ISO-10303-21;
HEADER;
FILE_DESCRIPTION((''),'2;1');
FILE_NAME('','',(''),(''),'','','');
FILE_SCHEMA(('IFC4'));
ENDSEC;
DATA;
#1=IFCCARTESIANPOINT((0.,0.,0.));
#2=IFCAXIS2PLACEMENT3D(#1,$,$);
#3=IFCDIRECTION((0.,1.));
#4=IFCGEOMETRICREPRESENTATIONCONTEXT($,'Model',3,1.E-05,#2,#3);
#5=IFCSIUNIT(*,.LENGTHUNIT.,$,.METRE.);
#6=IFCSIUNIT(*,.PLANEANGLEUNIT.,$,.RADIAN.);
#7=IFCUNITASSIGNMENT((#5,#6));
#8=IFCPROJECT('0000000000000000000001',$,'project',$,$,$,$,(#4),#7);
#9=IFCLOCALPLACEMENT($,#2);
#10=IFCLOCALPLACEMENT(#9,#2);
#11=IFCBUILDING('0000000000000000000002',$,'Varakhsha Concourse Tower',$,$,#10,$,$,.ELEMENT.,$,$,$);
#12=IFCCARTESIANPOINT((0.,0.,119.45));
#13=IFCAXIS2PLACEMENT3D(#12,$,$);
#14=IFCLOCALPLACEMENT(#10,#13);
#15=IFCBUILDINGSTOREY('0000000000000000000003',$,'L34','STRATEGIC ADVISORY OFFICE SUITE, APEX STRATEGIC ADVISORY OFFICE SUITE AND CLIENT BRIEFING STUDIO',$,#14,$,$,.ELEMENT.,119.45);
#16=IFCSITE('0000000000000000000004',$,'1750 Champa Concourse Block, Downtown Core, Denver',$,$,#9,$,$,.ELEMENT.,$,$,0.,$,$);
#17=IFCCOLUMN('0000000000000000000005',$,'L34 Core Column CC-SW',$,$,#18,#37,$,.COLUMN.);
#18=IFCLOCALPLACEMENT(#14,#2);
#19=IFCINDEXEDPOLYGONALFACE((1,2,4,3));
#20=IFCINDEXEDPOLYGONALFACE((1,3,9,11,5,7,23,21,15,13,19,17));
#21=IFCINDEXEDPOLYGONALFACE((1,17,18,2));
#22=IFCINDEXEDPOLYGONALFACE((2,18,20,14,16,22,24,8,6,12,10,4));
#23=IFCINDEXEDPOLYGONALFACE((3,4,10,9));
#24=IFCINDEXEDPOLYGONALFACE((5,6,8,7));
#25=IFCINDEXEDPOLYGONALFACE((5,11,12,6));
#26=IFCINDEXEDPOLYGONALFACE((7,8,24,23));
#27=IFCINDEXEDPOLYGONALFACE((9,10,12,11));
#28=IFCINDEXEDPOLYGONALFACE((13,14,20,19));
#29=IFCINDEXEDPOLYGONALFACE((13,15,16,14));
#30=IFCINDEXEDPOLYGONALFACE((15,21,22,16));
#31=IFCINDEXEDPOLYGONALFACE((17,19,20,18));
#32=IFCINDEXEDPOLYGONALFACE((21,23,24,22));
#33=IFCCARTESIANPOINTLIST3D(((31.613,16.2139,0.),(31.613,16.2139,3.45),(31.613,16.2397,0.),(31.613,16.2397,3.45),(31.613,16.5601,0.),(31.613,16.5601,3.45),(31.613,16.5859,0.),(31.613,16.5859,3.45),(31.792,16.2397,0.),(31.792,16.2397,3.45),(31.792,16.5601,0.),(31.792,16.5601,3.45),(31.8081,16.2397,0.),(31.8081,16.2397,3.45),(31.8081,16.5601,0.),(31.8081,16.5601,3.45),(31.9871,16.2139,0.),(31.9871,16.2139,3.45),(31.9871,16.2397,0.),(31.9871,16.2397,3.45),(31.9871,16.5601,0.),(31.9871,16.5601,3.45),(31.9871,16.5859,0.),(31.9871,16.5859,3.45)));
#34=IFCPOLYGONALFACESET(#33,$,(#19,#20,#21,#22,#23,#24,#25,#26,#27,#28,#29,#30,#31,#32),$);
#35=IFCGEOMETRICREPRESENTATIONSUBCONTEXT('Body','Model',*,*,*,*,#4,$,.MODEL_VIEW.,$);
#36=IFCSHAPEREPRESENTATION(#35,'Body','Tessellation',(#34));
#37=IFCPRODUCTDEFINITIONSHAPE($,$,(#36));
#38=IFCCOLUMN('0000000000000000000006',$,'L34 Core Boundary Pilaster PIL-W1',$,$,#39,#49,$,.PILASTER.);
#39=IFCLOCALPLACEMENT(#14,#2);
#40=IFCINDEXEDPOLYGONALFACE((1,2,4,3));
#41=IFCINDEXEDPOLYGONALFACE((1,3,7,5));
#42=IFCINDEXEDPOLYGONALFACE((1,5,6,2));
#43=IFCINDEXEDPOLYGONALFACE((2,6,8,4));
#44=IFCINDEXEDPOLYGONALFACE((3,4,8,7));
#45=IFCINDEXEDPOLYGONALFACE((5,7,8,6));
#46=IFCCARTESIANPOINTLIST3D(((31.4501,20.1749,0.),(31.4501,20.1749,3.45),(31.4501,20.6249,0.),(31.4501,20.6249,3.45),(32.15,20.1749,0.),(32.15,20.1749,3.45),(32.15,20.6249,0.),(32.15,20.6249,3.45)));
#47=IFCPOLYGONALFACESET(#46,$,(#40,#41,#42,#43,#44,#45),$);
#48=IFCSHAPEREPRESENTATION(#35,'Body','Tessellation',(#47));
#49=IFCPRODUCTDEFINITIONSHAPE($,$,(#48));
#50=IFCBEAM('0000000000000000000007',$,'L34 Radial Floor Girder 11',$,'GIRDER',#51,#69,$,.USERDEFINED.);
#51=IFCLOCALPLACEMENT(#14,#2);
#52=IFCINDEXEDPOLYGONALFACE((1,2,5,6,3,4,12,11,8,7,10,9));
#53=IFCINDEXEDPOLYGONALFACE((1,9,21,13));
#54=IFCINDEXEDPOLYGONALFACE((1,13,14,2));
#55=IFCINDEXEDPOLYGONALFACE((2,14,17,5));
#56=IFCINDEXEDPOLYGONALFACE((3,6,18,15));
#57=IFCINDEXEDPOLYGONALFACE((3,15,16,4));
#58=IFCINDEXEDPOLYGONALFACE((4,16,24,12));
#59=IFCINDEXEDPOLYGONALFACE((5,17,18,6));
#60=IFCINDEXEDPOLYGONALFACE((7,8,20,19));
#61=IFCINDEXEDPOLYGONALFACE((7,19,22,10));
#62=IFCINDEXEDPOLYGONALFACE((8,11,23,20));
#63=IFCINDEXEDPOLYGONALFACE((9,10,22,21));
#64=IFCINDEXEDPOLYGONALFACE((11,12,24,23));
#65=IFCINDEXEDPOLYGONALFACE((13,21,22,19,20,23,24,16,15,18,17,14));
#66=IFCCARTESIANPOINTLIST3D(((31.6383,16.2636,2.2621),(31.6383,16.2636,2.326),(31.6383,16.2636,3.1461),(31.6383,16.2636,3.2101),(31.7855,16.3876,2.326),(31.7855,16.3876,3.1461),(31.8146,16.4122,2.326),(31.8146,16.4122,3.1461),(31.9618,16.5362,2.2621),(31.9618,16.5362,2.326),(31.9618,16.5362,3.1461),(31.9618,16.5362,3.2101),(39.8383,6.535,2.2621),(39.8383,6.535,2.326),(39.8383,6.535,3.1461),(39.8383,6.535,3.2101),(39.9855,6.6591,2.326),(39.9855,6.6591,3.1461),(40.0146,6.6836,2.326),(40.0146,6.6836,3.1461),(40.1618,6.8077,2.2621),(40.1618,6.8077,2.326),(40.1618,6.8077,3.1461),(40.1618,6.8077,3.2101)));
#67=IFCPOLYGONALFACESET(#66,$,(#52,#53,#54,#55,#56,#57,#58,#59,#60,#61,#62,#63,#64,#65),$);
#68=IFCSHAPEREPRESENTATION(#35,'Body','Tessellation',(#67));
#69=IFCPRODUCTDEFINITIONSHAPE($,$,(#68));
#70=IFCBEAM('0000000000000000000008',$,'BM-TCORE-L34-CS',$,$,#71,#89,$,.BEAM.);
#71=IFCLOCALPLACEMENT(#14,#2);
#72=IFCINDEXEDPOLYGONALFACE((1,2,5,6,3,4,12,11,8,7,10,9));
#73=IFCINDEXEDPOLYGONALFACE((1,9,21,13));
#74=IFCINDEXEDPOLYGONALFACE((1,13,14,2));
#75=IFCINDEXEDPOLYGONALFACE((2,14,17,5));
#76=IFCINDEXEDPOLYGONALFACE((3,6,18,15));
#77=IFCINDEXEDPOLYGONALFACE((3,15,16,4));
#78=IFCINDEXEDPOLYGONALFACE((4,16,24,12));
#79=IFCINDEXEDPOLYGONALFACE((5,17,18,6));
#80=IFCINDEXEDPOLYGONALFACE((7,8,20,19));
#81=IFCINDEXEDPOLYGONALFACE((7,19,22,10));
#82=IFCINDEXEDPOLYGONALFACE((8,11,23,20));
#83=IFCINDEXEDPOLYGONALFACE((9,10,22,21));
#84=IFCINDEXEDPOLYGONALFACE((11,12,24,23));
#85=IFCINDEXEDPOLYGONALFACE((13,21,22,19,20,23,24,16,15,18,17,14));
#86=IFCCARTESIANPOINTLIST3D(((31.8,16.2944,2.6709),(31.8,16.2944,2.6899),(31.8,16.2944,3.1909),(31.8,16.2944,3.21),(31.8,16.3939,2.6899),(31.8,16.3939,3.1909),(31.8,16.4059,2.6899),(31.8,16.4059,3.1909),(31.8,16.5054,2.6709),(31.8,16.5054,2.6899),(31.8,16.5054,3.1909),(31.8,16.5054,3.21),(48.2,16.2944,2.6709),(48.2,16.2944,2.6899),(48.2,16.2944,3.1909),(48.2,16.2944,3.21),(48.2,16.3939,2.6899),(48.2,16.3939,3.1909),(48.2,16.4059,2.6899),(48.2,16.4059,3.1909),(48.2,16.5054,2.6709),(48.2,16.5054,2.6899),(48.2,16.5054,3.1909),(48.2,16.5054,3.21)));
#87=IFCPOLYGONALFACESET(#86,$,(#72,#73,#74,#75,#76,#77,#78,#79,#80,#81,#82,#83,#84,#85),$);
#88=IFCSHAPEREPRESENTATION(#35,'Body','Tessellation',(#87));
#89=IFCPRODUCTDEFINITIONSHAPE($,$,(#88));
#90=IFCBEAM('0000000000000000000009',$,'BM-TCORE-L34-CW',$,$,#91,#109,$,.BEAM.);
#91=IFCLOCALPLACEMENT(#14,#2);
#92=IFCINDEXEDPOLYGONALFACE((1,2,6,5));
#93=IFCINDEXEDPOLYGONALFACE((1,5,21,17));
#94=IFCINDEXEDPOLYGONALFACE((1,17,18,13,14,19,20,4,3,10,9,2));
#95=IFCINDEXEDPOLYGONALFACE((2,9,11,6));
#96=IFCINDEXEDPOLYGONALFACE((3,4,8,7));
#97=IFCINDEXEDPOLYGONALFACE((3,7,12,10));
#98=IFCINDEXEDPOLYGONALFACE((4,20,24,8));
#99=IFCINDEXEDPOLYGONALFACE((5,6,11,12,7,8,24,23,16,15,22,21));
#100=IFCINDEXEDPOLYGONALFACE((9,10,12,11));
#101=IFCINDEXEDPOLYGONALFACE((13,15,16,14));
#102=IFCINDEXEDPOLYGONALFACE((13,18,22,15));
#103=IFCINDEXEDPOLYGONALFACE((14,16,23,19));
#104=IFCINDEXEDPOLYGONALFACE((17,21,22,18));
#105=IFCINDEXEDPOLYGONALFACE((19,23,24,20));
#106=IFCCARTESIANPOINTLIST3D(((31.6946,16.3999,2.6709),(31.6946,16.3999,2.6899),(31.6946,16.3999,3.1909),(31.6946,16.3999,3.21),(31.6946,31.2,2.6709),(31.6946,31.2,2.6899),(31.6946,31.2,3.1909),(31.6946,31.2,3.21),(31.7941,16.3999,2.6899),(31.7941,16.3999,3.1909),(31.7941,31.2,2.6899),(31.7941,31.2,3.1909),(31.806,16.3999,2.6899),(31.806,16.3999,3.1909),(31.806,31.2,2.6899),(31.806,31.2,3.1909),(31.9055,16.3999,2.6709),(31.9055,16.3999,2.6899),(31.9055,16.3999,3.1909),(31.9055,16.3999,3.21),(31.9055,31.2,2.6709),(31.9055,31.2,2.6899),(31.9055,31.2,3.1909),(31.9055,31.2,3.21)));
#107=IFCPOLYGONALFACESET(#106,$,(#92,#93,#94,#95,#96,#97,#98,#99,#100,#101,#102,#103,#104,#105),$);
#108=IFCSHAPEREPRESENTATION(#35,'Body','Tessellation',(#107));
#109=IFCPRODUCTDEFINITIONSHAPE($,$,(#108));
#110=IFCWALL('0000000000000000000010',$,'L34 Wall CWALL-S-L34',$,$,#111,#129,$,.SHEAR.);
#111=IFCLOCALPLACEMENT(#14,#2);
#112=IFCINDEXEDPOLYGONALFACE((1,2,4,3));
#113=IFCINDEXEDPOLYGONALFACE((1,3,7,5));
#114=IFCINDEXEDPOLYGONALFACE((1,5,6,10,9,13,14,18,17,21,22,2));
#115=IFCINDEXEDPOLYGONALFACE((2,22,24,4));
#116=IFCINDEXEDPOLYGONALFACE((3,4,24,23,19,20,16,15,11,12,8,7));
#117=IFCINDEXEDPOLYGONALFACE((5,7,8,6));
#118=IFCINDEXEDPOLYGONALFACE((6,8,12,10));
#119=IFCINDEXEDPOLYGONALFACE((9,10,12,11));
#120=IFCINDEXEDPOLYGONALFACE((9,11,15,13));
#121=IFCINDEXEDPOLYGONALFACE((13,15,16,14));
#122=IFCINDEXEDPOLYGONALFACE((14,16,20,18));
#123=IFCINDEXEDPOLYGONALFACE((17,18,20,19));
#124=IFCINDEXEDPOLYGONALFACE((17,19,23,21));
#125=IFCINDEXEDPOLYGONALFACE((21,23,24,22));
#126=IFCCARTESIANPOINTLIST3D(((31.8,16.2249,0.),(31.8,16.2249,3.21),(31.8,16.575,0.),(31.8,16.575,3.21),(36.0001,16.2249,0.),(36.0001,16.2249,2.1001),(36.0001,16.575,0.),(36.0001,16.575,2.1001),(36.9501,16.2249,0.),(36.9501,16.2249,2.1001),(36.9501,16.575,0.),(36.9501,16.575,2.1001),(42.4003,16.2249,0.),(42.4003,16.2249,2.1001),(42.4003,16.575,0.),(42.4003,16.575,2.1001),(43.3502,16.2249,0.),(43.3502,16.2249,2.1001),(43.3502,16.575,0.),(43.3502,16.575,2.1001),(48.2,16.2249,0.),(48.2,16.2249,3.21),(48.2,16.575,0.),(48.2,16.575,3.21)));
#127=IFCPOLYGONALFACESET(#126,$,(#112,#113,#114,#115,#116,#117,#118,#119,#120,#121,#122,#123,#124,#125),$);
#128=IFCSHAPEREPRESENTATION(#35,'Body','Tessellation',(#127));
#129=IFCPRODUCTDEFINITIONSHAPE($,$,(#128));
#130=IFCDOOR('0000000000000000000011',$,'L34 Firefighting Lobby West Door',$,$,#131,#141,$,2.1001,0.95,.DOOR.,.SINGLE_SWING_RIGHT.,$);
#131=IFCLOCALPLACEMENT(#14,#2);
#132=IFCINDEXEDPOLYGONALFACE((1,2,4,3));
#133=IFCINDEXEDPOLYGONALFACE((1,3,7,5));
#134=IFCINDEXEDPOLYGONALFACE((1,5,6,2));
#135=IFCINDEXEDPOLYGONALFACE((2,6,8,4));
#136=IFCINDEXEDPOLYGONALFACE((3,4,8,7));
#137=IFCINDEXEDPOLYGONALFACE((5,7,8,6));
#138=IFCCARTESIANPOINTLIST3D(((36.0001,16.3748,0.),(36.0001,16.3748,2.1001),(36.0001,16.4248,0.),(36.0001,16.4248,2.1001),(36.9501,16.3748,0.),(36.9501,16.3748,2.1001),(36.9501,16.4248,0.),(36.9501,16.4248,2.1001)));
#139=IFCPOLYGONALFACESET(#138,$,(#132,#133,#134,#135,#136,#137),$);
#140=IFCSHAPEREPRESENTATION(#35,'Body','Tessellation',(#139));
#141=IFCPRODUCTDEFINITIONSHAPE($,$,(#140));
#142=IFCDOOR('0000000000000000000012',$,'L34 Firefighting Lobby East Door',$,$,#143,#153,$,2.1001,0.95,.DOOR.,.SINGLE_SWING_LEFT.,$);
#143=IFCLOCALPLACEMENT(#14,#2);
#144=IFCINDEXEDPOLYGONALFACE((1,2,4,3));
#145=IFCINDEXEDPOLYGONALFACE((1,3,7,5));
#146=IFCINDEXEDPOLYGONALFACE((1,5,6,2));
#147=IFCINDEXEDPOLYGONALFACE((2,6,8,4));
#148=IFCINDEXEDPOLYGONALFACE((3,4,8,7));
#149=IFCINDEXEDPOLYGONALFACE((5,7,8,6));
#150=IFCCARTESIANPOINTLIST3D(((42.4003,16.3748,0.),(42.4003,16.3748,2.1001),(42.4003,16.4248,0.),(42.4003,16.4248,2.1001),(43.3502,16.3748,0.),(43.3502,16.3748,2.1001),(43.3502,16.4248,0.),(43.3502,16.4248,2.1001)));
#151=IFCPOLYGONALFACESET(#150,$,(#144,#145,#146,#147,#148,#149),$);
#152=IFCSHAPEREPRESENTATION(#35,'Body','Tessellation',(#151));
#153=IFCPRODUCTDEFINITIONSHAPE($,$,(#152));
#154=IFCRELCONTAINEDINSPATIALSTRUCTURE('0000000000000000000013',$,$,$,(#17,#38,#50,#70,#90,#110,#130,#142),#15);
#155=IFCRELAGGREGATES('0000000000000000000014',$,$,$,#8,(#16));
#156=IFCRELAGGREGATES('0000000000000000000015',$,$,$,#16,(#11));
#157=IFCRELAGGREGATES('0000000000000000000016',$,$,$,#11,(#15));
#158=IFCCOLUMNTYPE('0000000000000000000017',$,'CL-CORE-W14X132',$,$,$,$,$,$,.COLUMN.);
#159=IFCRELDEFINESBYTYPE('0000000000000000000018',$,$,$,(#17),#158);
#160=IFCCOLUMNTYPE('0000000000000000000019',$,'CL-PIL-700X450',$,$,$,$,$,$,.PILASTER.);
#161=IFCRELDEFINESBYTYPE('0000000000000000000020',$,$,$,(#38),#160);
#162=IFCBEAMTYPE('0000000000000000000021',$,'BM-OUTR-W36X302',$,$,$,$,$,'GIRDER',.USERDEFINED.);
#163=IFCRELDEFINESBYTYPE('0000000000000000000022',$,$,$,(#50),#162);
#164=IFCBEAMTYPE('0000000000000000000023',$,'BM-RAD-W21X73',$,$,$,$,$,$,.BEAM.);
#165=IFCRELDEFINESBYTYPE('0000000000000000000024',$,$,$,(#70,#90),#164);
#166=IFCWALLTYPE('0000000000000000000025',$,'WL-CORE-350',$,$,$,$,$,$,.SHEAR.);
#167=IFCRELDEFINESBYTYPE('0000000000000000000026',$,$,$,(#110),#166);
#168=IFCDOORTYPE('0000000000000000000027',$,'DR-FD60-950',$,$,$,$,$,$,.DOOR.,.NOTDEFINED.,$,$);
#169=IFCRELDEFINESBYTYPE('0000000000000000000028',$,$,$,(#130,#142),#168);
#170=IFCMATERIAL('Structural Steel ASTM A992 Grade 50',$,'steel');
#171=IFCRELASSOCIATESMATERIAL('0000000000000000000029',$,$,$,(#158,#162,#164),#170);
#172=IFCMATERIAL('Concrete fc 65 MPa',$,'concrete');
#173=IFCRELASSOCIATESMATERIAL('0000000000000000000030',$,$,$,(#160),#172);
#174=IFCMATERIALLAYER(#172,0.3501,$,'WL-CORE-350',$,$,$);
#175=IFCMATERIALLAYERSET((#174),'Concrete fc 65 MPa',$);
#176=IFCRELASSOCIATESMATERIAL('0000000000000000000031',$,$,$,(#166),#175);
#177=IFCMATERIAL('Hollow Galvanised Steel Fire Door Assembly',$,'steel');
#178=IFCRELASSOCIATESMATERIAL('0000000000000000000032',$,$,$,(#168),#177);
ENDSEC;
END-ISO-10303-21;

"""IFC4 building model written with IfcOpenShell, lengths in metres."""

from ifc_helpers import new_model, si_unit, direction, frame, frame_2d, origin, origin_2d, place, context, subcontext, project, spatial, rectangle, i_section, extrude, material, layer, layer_set, material_profile, profile_set, type_object, element, fill, save


model = new_model("IFC4")

# Units and contexts
model_context = context("Model", 3, precision=1e-05, world=origin(), true_north=direction((0.0, 1.0)))
body_context = subcontext(model_context, "Body", "Model", "MODEL_VIEW")
ifc_project = project(units=[si_unit("LENGTHUNIT", "METRE"), si_unit("PLANEANGLEUNIT", "RADIAN")], contexts=[model_context])

# Site, building, storey
site_placement = place(None, origin())
site = spatial("IfcSite", under=ifc_project, at=site_placement, Name="1750 Champa Concourse Block, Downtown Core, Denver", CompositionType="ELEMENT", RefElevation=0.0)
building_placement = place(site_placement, origin())
building = spatial("IfcBuilding", under=site, at=building_placement, Name="Varakhsha Concourse Tower", CompositionType="ELEMENT")
storey_placement = place(building_placement, frame((0.0, 0.0, 119.45)))
storey = spatial("IfcBuildingStorey", under=building, at=storey_placement, Name="L34", Description="STRATEGIC ADVISORY OFFICE SUITE, APEX STRATEGIC ADVISORY OFFICE SUITE AND CLIENT BRIEFING STUDIO", CompositionType="ELEMENT", Elevation=119.45)

# Columns
ifc_material_1 = material(Name="Structural Steel ASTM A992 Grade 50", Category="steel")
ifc_material_profile_1 = material_profile(ifc_material_1, i_section(OverallWidth=0.374, OverallDepth=0.3721, WebThickness=0.0161, FlangeThickness=0.0259, at=origin_2d()), Name="W14X132")
ifc_profile_set_1 = profile_set([ifc_material_profile_1], Name="Structural Steel ASTM A992 Grade 50")
column_type_1 = type_object("IfcColumnType", Name="CL-CORE-W14X132", PredefinedType="COLUMN", material=ifc_profile_set_1)
column_1_placement = place(storey_placement, frame((31.8, 16.3999, 0.0), z_axis=(0.0, 0.0, 1.0), x_axis=(1.0, 0.0, 0.0)))
element("IfcColumn", 1, at=column_1_placement, inside=storey, type_object=column_type_1, Name="L34 Core Column CC-SW", PredefinedType="COLUMN", context=body_context, shape_type="SweptSolid", body=[
    extrude(i_section(OverallWidth=0.374, OverallDepth=0.3721, WebThickness=0.0161, FlangeThickness=0.0259, at=origin_2d()), origin(), (0.0, 0.0, 1.0), 3.45),
])
ifc_material_2 = material(Name="Concrete fc 65 MPa", Category="concrete")
ifc_material_profile_2 = material_profile(ifc_material_2, rectangle(XDim=0.7, YDim=0.45, at=origin_2d()), Name="RC 700x450")
ifc_profile_set_2 = profile_set([ifc_material_profile_2], Name="Concrete fc 65 MPa")
column_type_2 = type_object("IfcColumnType", Name="CL-PIL-700X450", PredefinedType="PILASTER", material=ifc_profile_set_2)
column_2_placement = place(storey_placement, frame((31.8, 20.3999, 0.0), z_axis=(0.0, 0.0, 1.0), x_axis=(1.0, 0.0, 0.0)))
element("IfcColumn", 2, at=column_2_placement, inside=storey, type_object=column_type_2, Name="L34 Core Boundary Pilaster PIL-W1", PredefinedType="PILASTER", context=body_context, shape_type="SweptSolid", body=[
    extrude(rectangle(XDim=0.7, YDim=0.45, at=origin_2d()), origin(), (0.0, 0.0, 1.0), 3.45),
])

# Beams
ifc_material_profile_3 = material_profile(ifc_material_1, i_section(OverallWidth=0.4231, OverallDepth=0.948, WebThickness=0.0381, FlangeThickness=0.064, at=origin_2d()), Name="W36X302")
ifc_profile_set_3 = profile_set([ifc_material_profile_3], Name="Structural Steel ASTM A992 Grade 50")
beam_type_1 = type_object("IfcBeamType", Name="BM-OUTR-W36X302", ElementType="GIRDER", PredefinedType="USERDEFINED", material=ifc_profile_set_3)
beam_1_placement = place(storey_placement, frame((31.8, 16.3999, 2.7361), z_axis=(0.644481, -0.76462, 0.0), x_axis=(0.76462, 0.644481, 0.0)))
element("IfcBeam", 3, at=beam_1_placement, inside=storey, type_object=beam_type_1, Name="L34 Radial Floor Girder 11", ObjectType="GIRDER", PredefinedType="USERDEFINED", context=body_context, shape_type="SweptSolid", body=[
    extrude(i_section(OverallWidth=0.4231, OverallDepth=0.948, WebThickness=0.0381, FlangeThickness=0.064, at=origin_2d()), origin(), (0.0, 0.0, 1.0), 12.7234),
])
ifc_material_profile_4 = material_profile(ifc_material_1, i_section(OverallWidth=0.2109, OverallDepth=0.5391, WebThickness=0.012, FlangeThickness=0.019, at=origin_2d()), Name="W21X73")
ifc_profile_set_4 = profile_set([ifc_material_profile_4], Name="Structural Steel ASTM A992 Grade 50")
beam_type_2 = type_object("IfcBeamType", Name="BM-RAD-W21X73", PredefinedType="BEAM", material=ifc_profile_set_4)
beam_2_placement = place(storey_placement, frame((31.8, 16.3999, 2.9404), z_axis=(1.0, 0.0, 0.0), x_axis=(0.0, 1.0, 0.0)))
element("IfcBeam", 4, at=beam_2_placement, inside=storey, type_object=beam_type_2, Name="BM-TCORE-L34-CS", PredefinedType="BEAM", context=body_context, shape_type="SweptSolid", body=[
    extrude(i_section(OverallWidth=0.2109, OverallDepth=0.5391, WebThickness=0.012, FlangeThickness=0.019, at=origin_2d()), origin(), (0.0, 0.0, 1.0), 16.3999),
])
beam_3_placement = place(storey_placement, frame((31.8, 16.3999, 2.9404), z_axis=(0.0, 1.0, 0.0), x_axis=(-1.0, 0.0, 0.0)))
element("IfcBeam", 5, at=beam_3_placement, inside=storey, type_object=beam_type_2, Name="BM-TCORE-L34-CW", PredefinedType="BEAM", context=body_context, shape_type="SweptSolid", body=[
    extrude(i_section(OverallWidth=0.2109, OverallDepth=0.5391, WebThickness=0.012, FlangeThickness=0.019, at=origin_2d()), origin(), (0.0, 0.0, 1.0), 14.8),
])

# Wall, openings, doors
ifc_layer_1 = layer(ifc_material_2, 0.3501, Name="WL-CORE-350")
ifc_layer_set_1 = layer_set([ifc_layer_1], Name="Concrete fc 65 MPa")
wall_type_1 = type_object("IfcWallType", Name="WL-CORE-350", PredefinedType="SHEAR", material=ifc_layer_set_1)
wall_1_placement = place(storey_placement, frame((31.8, 16.3999, 0.0), z_axis=(0.0, 0.0, 1.0), x_axis=(1.0, 0.0, 0.0)))
wall_1 = element("IfcWall", 6, at=wall_1_placement, inside=storey, type_object=wall_type_1, Name="L34 Wall CWALL-S-L34", PredefinedType="SHEAR", context=body_context, shape_type="SweptSolid", body=[
    extrude(rectangle(XDim=16.3999, YDim=0.3501, at=frame_2d((8.2, 0.0))), origin(), (0.0, 0.0, 1.0), 3.21),
])
opening_1_placement = place(wall_1_placement, frame((4.2, 0.0, 0.0)))
opening_1 = element("IfcOpeningElement", 7, at=opening_1_placement, cuts=wall_1, PredefinedType="OPENING", context=body_context, shape_type="SweptSolid", body=[
    extrude(rectangle(XDim=0.95, YDim=2.1001, at=frame_2d((0.4751, 1.05))), frame((0.0, 0.1851, 0.0), z_axis=(0.0, -1.0, 0.0), x_axis=(1.0, 0.0, 0.0)), (0.0, 0.0, 1.0), 0.3701),
])
opening_2_placement = place(wall_1_placement, frame((10.6001, 0.0, 0.0)))
opening_2 = element("IfcOpeningElement", 8, at=opening_2_placement, cuts=wall_1, PredefinedType="OPENING", context=body_context, shape_type="SweptSolid", body=[
    extrude(rectangle(XDim=0.95, YDim=2.1001, at=frame_2d((0.4751, 1.05))), frame((0.0, 0.1851, 0.0), z_axis=(0.0, -1.0, 0.0), x_axis=(1.0, 0.0, 0.0)), (0.0, 0.0, 1.0), 0.3701),
])
ifc_material_3 = material(Name="Hollow Galvanised Steel Fire Door Assembly", Category="steel")
door_type_1 = type_object("IfcDoorType", Name="DR-FD60-950", OperationType="NOTDEFINED", PredefinedType="DOOR", material=ifc_material_3)
door_1_placement = place(opening_1_placement, origin())
door_1 = element("IfcDoor", 9, at=door_1_placement, inside=storey, type_object=door_type_1, Name="L34 Firefighting Lobby West Door", OperationType="SINGLE_SWING_RIGHT", OverallHeight=2.1001, OverallWidth=0.95, PredefinedType="DOOR", context=body_context, shape_type="SweptSolid", body=[
    extrude(rectangle(XDim=0.95, YDim=2.1001, at=frame_2d((0.4751, 1.05))), frame((0.0, 0.0249, 0.0), z_axis=(0.0, -1.0, 0.0), x_axis=(1.0, 0.0, 0.0)), (0.0, 0.0, 1.0), 0.05),
])
fill(opening_1, door_1)
door_2_placement = place(opening_2_placement, origin())
door_2 = element("IfcDoor", 10, at=door_2_placement, inside=storey, type_object=door_type_1, Name="L34 Firefighting Lobby East Door", OperationType="SINGLE_SWING_LEFT", OverallHeight=2.1001, OverallWidth=0.95, PredefinedType="DOOR", context=body_context, shape_type="SweptSolid", body=[
    extrude(rectangle(XDim=0.95, YDim=2.1001, at=frame_2d((0.4751, 1.05))), frame((0.0, 0.0249, 0.0), z_axis=(0.0, -1.0, 0.0), x_axis=(1.0, 0.0, 0.0)), (0.0, 0.0, 1.0), 0.05),
])
fill(opening_2, door_2)

save(model, "model.ifc")
